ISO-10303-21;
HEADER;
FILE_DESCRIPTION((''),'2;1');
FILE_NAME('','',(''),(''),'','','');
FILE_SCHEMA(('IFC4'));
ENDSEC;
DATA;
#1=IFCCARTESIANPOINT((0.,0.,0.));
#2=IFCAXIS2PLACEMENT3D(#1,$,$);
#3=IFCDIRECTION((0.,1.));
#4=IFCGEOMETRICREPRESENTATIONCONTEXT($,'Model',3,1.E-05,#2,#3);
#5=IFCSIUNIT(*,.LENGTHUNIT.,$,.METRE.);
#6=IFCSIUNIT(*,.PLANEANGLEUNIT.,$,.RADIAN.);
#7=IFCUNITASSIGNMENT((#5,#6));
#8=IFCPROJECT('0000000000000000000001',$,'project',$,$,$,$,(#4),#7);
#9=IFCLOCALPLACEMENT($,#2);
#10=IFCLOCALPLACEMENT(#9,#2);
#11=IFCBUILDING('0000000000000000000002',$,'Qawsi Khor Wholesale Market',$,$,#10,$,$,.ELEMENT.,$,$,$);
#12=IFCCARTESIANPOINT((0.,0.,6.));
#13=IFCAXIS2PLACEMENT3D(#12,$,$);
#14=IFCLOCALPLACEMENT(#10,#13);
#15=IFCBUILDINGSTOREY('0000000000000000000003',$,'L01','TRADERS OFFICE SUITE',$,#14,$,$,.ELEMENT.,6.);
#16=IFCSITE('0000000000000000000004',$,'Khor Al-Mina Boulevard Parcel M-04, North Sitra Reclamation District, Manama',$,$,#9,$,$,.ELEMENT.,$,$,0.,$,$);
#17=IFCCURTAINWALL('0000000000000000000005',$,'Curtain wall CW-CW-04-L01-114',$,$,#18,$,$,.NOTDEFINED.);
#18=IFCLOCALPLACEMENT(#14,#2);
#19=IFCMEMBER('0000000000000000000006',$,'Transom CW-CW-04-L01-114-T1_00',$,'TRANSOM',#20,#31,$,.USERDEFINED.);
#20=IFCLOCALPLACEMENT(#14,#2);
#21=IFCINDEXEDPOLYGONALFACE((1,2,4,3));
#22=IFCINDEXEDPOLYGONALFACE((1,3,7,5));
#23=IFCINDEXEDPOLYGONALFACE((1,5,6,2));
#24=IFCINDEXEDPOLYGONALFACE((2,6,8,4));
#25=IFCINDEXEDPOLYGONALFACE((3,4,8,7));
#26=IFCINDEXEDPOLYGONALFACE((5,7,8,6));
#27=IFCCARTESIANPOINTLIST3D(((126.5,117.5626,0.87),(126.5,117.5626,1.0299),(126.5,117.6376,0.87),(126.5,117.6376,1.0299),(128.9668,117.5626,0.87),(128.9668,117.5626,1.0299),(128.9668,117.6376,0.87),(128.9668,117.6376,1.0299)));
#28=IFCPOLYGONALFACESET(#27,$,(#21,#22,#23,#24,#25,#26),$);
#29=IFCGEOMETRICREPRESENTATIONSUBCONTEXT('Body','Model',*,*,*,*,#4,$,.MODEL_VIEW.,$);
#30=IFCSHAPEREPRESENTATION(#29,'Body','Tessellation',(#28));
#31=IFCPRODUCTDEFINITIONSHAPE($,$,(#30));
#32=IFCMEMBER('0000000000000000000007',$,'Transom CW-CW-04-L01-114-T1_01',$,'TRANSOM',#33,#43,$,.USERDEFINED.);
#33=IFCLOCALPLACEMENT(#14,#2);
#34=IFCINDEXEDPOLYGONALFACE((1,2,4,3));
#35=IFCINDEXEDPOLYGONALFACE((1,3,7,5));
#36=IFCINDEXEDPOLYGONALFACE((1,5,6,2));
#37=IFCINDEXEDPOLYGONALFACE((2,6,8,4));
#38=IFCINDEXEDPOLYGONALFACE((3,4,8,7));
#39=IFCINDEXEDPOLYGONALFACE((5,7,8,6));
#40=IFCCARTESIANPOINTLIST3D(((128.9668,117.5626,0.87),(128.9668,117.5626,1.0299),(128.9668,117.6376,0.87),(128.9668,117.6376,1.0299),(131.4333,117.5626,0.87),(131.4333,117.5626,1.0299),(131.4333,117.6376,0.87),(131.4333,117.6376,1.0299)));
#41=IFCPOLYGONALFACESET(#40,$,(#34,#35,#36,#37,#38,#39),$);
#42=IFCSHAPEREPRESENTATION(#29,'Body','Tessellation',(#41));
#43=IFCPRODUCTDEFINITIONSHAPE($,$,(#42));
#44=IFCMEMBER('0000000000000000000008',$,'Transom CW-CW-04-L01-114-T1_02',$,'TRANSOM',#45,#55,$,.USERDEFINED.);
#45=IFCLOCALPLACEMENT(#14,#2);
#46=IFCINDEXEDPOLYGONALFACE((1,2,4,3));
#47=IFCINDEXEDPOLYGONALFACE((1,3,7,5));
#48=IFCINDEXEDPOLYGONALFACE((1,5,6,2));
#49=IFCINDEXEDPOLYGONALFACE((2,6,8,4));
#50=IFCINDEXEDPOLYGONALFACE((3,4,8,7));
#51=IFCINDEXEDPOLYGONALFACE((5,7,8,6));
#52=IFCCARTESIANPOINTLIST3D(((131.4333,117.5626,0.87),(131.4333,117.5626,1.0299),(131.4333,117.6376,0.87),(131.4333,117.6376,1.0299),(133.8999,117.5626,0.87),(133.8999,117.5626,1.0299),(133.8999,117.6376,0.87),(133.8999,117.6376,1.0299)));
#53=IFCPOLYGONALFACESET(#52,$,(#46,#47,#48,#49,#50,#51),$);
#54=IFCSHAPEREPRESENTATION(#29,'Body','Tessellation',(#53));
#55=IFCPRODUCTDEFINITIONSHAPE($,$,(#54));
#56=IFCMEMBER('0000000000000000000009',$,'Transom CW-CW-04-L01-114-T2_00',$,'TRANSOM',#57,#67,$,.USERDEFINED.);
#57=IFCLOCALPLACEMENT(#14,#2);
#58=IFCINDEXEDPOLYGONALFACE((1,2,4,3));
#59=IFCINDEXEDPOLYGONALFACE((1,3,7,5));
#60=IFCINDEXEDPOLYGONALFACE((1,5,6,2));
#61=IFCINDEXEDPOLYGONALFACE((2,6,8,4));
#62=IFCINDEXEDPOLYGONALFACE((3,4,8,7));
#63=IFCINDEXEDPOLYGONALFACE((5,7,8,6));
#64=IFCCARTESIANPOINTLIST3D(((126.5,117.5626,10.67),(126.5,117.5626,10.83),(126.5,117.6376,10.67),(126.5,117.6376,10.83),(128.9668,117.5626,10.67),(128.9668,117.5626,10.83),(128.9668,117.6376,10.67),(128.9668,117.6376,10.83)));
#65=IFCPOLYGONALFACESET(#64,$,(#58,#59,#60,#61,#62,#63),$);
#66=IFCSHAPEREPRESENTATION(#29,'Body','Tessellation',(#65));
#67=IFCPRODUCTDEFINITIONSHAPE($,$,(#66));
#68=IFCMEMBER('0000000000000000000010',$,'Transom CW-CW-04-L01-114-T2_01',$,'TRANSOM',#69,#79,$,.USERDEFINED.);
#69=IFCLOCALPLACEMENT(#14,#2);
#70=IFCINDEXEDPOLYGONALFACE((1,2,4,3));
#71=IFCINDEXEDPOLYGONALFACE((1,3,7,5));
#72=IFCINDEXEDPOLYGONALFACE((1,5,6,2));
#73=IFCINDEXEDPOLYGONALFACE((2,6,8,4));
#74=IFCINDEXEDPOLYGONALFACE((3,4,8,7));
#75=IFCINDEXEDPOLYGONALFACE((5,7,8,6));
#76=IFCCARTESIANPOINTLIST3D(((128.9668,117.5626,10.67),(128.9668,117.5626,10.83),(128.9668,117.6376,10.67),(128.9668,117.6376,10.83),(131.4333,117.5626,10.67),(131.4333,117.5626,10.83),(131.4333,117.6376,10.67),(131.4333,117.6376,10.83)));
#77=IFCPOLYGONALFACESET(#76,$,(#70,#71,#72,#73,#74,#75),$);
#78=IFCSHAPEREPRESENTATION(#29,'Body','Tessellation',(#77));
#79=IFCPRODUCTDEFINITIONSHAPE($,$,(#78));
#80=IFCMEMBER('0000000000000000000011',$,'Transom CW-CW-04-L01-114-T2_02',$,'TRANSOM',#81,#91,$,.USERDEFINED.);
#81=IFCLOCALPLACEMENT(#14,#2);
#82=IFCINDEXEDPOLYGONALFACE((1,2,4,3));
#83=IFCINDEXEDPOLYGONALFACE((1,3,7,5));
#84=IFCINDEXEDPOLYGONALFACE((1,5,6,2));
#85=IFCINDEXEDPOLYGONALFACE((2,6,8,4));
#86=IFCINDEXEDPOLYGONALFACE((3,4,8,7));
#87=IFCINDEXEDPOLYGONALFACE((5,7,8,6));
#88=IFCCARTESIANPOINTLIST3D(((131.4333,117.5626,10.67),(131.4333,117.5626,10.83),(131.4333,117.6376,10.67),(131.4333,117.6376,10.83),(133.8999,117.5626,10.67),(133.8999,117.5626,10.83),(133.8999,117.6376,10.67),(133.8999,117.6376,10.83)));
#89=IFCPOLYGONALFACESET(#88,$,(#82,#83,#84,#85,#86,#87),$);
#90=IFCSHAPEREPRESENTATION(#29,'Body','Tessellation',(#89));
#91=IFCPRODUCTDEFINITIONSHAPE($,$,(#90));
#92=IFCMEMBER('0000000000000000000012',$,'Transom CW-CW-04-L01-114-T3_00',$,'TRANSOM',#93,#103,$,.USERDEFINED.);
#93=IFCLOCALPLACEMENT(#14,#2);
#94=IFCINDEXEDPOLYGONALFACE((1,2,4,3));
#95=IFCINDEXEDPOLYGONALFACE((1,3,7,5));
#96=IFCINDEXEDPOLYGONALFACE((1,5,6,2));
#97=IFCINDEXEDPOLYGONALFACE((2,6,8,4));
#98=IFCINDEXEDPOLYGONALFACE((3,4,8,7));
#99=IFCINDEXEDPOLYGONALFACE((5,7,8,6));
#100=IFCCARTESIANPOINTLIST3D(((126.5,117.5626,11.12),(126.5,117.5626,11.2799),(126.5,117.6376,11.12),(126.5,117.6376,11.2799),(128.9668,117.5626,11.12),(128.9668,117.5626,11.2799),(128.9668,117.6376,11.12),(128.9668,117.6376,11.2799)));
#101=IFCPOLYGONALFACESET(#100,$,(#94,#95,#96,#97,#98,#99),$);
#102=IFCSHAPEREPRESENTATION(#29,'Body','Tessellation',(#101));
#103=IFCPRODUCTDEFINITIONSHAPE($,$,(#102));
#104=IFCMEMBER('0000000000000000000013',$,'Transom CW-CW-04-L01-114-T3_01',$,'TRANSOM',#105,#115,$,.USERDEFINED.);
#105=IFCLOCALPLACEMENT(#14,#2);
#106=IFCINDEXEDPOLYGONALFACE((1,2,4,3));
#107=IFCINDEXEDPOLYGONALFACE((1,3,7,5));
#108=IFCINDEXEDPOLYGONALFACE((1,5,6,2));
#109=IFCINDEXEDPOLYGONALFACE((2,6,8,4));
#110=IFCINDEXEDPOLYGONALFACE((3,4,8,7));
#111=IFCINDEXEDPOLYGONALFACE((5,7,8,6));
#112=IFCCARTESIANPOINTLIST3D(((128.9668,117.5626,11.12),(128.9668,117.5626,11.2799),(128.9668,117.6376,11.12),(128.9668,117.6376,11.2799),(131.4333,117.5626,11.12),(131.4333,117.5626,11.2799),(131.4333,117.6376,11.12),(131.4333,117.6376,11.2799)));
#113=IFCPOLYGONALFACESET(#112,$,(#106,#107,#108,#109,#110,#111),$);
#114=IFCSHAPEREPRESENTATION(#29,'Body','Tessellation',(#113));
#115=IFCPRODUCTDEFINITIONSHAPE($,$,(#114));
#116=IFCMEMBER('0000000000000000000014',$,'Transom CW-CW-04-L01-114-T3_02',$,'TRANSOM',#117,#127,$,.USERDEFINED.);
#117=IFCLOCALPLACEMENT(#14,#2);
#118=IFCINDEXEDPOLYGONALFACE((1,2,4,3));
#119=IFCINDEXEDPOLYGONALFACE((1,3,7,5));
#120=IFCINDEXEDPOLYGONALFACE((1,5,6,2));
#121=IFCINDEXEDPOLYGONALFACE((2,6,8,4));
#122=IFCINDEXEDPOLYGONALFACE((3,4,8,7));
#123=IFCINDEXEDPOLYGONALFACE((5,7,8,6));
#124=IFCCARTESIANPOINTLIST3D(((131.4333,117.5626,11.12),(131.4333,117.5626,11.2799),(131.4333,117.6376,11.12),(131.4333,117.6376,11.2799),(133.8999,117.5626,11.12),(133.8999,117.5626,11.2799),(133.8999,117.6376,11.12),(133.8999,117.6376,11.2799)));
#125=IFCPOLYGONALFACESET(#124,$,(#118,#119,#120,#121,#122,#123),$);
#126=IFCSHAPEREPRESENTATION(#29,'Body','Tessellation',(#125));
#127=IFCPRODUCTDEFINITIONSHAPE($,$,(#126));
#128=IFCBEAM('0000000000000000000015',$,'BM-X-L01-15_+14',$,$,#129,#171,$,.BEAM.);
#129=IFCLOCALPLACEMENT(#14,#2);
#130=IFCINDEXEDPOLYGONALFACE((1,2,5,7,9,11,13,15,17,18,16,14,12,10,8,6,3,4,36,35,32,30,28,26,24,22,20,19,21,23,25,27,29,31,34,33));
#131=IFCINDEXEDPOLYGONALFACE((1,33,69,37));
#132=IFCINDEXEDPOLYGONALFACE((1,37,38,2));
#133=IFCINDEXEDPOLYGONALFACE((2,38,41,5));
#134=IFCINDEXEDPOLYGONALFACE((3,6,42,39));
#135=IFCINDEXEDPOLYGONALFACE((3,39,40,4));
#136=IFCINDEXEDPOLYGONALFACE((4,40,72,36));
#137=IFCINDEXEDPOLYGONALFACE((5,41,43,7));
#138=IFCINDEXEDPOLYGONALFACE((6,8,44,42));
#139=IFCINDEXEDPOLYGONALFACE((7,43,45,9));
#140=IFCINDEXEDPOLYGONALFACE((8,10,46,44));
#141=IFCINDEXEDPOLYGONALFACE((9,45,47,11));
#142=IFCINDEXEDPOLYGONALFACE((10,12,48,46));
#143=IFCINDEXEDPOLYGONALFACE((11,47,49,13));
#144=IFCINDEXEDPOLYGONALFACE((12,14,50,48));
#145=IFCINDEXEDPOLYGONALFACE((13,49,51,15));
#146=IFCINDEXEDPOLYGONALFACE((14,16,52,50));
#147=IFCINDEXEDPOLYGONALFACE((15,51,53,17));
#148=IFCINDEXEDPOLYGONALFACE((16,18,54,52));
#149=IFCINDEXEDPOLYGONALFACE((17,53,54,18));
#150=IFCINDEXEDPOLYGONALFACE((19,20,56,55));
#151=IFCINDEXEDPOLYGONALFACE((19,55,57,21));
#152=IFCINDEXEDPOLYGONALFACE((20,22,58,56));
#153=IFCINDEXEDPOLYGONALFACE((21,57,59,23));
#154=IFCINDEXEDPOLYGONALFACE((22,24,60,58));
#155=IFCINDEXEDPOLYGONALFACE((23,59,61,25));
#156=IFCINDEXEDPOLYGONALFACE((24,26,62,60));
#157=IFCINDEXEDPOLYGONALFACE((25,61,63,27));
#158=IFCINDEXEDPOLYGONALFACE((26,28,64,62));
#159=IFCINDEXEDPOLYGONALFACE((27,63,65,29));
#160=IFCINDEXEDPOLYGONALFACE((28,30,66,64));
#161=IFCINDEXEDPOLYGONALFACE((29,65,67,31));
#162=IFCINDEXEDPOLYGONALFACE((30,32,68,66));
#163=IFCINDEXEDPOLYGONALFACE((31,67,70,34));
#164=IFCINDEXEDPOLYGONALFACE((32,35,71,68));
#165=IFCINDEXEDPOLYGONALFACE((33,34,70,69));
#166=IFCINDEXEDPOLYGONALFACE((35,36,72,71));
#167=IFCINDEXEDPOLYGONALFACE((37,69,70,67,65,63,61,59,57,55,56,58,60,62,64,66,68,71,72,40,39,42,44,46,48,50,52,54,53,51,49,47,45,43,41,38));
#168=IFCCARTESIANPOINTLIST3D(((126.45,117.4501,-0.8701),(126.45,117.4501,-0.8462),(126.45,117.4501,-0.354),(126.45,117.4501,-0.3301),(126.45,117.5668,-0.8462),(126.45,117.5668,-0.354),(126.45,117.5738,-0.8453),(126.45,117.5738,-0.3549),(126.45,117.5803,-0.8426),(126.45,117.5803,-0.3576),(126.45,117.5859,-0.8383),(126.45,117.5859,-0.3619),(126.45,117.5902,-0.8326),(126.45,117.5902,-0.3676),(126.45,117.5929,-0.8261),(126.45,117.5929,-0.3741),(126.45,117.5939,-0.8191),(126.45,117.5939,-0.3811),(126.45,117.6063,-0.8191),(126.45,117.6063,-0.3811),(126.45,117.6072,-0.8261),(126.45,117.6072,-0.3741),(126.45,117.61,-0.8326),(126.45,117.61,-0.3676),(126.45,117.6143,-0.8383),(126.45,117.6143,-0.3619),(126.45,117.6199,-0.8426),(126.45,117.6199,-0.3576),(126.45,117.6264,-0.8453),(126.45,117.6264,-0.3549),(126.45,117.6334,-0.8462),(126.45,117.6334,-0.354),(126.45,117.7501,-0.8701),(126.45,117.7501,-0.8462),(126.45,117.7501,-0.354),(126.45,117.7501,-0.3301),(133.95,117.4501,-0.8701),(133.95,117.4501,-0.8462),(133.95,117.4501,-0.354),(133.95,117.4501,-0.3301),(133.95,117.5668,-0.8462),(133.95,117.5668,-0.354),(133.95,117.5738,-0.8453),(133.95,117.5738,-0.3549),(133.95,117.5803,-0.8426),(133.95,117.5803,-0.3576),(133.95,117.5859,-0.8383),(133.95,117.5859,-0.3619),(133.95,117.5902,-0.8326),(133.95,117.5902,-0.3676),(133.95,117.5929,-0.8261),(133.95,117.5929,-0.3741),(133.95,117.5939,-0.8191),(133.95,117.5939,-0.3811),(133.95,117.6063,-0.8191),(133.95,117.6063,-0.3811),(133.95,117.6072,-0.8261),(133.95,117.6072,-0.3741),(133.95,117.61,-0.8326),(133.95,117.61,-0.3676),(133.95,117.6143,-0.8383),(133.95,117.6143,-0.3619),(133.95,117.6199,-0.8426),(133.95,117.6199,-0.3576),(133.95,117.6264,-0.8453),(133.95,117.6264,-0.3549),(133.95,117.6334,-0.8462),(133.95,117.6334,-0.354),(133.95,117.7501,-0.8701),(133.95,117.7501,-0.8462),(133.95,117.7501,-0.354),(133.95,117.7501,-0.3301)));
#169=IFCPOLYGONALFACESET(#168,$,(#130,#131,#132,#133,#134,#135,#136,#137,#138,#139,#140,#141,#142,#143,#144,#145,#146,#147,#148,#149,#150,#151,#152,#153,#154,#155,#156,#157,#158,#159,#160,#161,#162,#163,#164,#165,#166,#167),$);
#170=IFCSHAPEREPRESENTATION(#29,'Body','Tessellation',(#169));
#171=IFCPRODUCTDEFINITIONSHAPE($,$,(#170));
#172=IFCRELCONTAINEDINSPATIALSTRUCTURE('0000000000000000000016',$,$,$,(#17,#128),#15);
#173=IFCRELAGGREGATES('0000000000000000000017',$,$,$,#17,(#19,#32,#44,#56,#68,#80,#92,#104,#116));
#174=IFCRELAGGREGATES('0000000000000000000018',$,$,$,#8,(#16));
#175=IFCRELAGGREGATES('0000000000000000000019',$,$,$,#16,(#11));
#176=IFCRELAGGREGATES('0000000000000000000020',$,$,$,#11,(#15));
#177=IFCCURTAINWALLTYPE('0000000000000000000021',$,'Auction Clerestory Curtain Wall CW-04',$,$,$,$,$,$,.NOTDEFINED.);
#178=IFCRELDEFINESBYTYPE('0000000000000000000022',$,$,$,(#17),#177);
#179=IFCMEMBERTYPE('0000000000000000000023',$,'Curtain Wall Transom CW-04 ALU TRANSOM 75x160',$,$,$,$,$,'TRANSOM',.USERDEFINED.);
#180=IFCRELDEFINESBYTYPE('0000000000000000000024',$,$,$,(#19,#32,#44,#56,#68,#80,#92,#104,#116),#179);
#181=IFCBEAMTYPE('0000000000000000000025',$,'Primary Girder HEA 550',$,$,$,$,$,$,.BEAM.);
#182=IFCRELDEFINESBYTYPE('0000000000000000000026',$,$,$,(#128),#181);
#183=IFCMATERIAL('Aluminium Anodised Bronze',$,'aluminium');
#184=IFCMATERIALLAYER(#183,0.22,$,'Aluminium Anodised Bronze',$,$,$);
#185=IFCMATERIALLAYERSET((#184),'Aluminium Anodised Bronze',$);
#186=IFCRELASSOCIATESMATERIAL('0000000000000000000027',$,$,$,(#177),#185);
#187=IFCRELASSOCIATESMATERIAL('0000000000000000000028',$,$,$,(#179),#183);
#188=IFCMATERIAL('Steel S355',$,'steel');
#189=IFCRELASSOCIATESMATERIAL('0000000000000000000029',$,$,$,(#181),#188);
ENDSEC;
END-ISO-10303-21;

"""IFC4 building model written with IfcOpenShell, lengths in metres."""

from ifc_helpers import new_model, si_unit, direction, frame, origin, origin_2d, place, context, subcontext, project, spatial, rectangle, i_section, extrude, material, layer, layer_set, material_profile, profile_set, type_object, element, aggregate, save


model = new_model("IFC4")

# Units and contexts
model_context = context("Model", 3, precision=1e-05, world=origin(), true_north=direction((0.0, 1.0)))
body_context = subcontext(model_context, "Body", "Model", "MODEL_VIEW")
ifc_project = project(units=[si_unit("LENGTHUNIT", "METRE"), si_unit("PLANEANGLEUNIT", "RADIAN")], contexts=[model_context])

# Site, building, storey
site_placement = place(None, origin())
site = spatial("IfcSite", under=ifc_project, at=site_placement, Name="Khor Al-Mina Boulevard Parcel M-04, North Sitra Reclamation District, Manama", CompositionType="ELEMENT", RefElevation=0.0)
building_placement = place(site_placement, origin())
building = spatial("IfcBuilding", under=site, at=building_placement, Name="Qawsi Khor Wholesale Market", CompositionType="ELEMENT")
storey_placement = place(building_placement, frame((0.0, 0.0, 6.0)))
storey = spatial("IfcBuildingStorey", under=building, at=storey_placement, Name="L01", Description="TRADERS OFFICE SUITE", CompositionType="ELEMENT", Elevation=6.0)

# Shared definitions
ifc_material_1 = material(Name="Steel S355", Category="steel")

# Curtain wall, members
ifc_material_2 = material(Name="Aluminium Anodised Bronze", Category="aluminium")
ifc_layer_1 = layer(ifc_material_2, 0.22, Name="Aluminium Anodised Bronze")
ifc_layer_set_1 = layer_set([ifc_layer_1], Name="Aluminium Anodised Bronze")
curtain_wall_type = type_object("IfcCurtainWallType", Name="Auction Clerestory Curtain Wall CW-04", PredefinedType="NOTDEFINED", material=ifc_layer_set_1)
curtain_wall_placement = place(storey_placement, origin())
curtain_wall = element("IfcCurtainWall", 1, at=curtain_wall_placement, inside=storey, type_object=curtain_wall_type, Name="Curtain wall CW-CW-04-L01-114", PredefinedType="NOTDEFINED")
ifc_material_profile_1 = material_profile(ifc_material_2, rectangle(XDim=0.075, YDim=0.1599, at=origin_2d()), Name="ALU TRANSOM 75x160")
ifc_profile_set_1 = profile_set([ifc_material_profile_1], Name="Aluminium Anodised Bronze")
member_type_1 = type_object("IfcMemberType", Name="Curtain Wall Transom CW-04 ALU TRANSOM 75x160", ElementType="TRANSOM", PredefinedType="USERDEFINED", material=ifc_profile_set_1)
member_1_placement = place(storey_placement, frame((126.5, 117.6001, 0.95), z_axis=(1.0, 0.0, 0.0), x_axis=(0.0, 1.0, 0.0)))
member_1 = element("IfcMember", 2, at=member_1_placement, type_object=member_type_1, Name="Transom CW-CW-04-L01-114-T1_00", ObjectType="TRANSOM", PredefinedType="USERDEFINED", context=body_context, shape_type="SweptSolid", body=[
    extrude(rectangle(XDim=0.075, YDim=0.1599, at=origin_2d()), origin(), (0.0, 0.0, 1.0), 2.4668),
])
member_2_placement = place(storey_placement, frame((128.9668, 117.6001, 0.95), z_axis=(1.0, 0.0, 0.0), x_axis=(0.0, 1.0, 0.0)))
member_2 = element("IfcMember", 3, at=member_2_placement, type_object=member_type_1, Name="Transom CW-CW-04-L01-114-T1_01", ObjectType="TRANSOM", PredefinedType="USERDEFINED", context=body_context, shape_type="SweptSolid", body=[
    extrude(rectangle(XDim=0.075, YDim=0.1599, at=origin_2d()), origin(), (0.0, 0.0, 1.0), 2.4666),
])
member_3_placement = place(storey_placement, frame((131.4333, 117.6001, 0.95), z_axis=(1.0, 0.0, 0.0), x_axis=(0.0, 1.0, 0.0)))
member_3 = element("IfcMember", 4, at=member_3_placement, type_object=member_type_1, Name="Transom CW-CW-04-L01-114-T1_02", ObjectType="TRANSOM", PredefinedType="USERDEFINED", context=body_context, shape_type="SweptSolid", body=[
    extrude(rectangle(XDim=0.075, YDim=0.1599, at=origin_2d()), origin(), (0.0, 0.0, 1.0), 2.4666),
])
member_4_placement = place(storey_placement, frame((126.5, 117.6001, 10.75), z_axis=(1.0, 0.0, 0.0), x_axis=(0.0, 1.0, 0.0)))
member_4 = element("IfcMember", 5, at=member_4_placement, type_object=member_type_1, Name="Transom CW-CW-04-L01-114-T2_00", ObjectType="TRANSOM", PredefinedType="USERDEFINED", context=body_context, shape_type="SweptSolid", body=[
    extrude(rectangle(XDim=0.075, YDim=0.1599, at=origin_2d()), origin(), (0.0, 0.0, 1.0), 2.4668),
])
member_5_placement = place(storey_placement, frame((128.9668, 117.6001, 10.75), z_axis=(1.0, 0.0, 0.0), x_axis=(0.0, 1.0, 0.0)))
member_5 = element("IfcMember", 6, at=member_5_placement, type_object=member_type_1, Name="Transom CW-CW-04-L01-114-T2_01", ObjectType="TRANSOM", PredefinedType="USERDEFINED", context=body_context, shape_type="SweptSolid", body=[
    extrude(rectangle(XDim=0.075, YDim=0.1599, at=origin_2d()), origin(), (0.0, 0.0, 1.0), 2.4666),
])
member_6_placement = place(storey_placement, frame((131.4333, 117.6001, 10.75), z_axis=(1.0, 0.0, 0.0), x_axis=(0.0, 1.0, 0.0)))
member_6 = element("IfcMember", 7, at=member_6_placement, type_object=member_type_1, Name="Transom CW-CW-04-L01-114-T2_02", ObjectType="TRANSOM", PredefinedType="USERDEFINED", context=body_context, shape_type="SweptSolid", body=[
    extrude(rectangle(XDim=0.075, YDim=0.1599, at=origin_2d()), origin(), (0.0, 0.0, 1.0), 2.4666),
])
member_7_placement = place(storey_placement, frame((126.5, 117.6001, 11.2), z_axis=(1.0, 0.0, 0.0), x_axis=(0.0, 1.0, 0.0)))
member_7 = element("IfcMember", 8, at=member_7_placement, type_object=member_type_1, Name="Transom CW-CW-04-L01-114-T3_00", ObjectType="TRANSOM", PredefinedType="USERDEFINED", context=body_context, shape_type="SweptSolid", body=[
    extrude(rectangle(XDim=0.075, YDim=0.1599, at=origin_2d()), origin(), (0.0, 0.0, 1.0), 2.4668),
])
member_8_placement = place(storey_placement, frame((128.9668, 117.6001, 11.2), z_axis=(1.0, 0.0, 0.0), x_axis=(0.0, 1.0, 0.0)))
member_8 = element("IfcMember", 9, at=member_8_placement, type_object=member_type_1, Name="Transom CW-CW-04-L01-114-T3_01", ObjectType="TRANSOM", PredefinedType="USERDEFINED", context=body_context, shape_type="SweptSolid", body=[
    extrude(rectangle(XDim=0.075, YDim=0.1599, at=origin_2d()), origin(), (0.0, 0.0, 1.0), 2.4666),
])
member_9_placement = place(storey_placement, frame((131.4333, 117.6001, 11.2), z_axis=(1.0, 0.0, 0.0), x_axis=(0.0, 1.0, 0.0)))
member_9 = element("IfcMember", 10, at=member_9_placement, type_object=member_type_1, Name="Transom CW-CW-04-L01-114-T3_02", ObjectType="TRANSOM", PredefinedType="USERDEFINED", context=body_context, shape_type="SweptSolid", body=[
    extrude(rectangle(XDim=0.075, YDim=0.1599, at=origin_2d()), origin(), (0.0, 0.0, 1.0), 2.4666),
])

# Beam
ifc_material_profile_2 = material_profile(ifc_material_1, i_section(OverallWidth=0.3, OverallDepth=0.54, WebThickness=0.0125, FlangeThickness=0.0239, FilletRadius=0.0271, at=origin_2d()), Name="HEA 550")
ifc_profile_set_2 = profile_set([ifc_material_profile_2], Name="Steel S355")
beam_type_1 = type_object("IfcBeamType", Name="Primary Girder HEA 550", PredefinedType="BEAM", material=ifc_profile_set_2)
beam_1_placement = place(storey_placement, frame((126.45, 117.6001, -0.6001), z_axis=(1.0, 0.0, 0.0), x_axis=(0.0, 1.0, 0.0)))
element("IfcBeam", 11, at=beam_1_placement, inside=storey, type_object=beam_type_1, Name="BM-X-L01-15_+14", PredefinedType="BEAM", context=body_context, shape_type="SweptSolid", body=[
    extrude(i_section(OverallWidth=0.3, OverallDepth=0.54, WebThickness=0.0125, FlangeThickness=0.0239, FilletRadius=0.0271, at=origin_2d()), origin(), (0.0, 0.0, 1.0), 7.5),
])

aggregate(curtain_wall, [member_1, member_2, member_3, member_4, member_5, member_6, member_7, member_8, member_9])

save(model, "model.ifc")
